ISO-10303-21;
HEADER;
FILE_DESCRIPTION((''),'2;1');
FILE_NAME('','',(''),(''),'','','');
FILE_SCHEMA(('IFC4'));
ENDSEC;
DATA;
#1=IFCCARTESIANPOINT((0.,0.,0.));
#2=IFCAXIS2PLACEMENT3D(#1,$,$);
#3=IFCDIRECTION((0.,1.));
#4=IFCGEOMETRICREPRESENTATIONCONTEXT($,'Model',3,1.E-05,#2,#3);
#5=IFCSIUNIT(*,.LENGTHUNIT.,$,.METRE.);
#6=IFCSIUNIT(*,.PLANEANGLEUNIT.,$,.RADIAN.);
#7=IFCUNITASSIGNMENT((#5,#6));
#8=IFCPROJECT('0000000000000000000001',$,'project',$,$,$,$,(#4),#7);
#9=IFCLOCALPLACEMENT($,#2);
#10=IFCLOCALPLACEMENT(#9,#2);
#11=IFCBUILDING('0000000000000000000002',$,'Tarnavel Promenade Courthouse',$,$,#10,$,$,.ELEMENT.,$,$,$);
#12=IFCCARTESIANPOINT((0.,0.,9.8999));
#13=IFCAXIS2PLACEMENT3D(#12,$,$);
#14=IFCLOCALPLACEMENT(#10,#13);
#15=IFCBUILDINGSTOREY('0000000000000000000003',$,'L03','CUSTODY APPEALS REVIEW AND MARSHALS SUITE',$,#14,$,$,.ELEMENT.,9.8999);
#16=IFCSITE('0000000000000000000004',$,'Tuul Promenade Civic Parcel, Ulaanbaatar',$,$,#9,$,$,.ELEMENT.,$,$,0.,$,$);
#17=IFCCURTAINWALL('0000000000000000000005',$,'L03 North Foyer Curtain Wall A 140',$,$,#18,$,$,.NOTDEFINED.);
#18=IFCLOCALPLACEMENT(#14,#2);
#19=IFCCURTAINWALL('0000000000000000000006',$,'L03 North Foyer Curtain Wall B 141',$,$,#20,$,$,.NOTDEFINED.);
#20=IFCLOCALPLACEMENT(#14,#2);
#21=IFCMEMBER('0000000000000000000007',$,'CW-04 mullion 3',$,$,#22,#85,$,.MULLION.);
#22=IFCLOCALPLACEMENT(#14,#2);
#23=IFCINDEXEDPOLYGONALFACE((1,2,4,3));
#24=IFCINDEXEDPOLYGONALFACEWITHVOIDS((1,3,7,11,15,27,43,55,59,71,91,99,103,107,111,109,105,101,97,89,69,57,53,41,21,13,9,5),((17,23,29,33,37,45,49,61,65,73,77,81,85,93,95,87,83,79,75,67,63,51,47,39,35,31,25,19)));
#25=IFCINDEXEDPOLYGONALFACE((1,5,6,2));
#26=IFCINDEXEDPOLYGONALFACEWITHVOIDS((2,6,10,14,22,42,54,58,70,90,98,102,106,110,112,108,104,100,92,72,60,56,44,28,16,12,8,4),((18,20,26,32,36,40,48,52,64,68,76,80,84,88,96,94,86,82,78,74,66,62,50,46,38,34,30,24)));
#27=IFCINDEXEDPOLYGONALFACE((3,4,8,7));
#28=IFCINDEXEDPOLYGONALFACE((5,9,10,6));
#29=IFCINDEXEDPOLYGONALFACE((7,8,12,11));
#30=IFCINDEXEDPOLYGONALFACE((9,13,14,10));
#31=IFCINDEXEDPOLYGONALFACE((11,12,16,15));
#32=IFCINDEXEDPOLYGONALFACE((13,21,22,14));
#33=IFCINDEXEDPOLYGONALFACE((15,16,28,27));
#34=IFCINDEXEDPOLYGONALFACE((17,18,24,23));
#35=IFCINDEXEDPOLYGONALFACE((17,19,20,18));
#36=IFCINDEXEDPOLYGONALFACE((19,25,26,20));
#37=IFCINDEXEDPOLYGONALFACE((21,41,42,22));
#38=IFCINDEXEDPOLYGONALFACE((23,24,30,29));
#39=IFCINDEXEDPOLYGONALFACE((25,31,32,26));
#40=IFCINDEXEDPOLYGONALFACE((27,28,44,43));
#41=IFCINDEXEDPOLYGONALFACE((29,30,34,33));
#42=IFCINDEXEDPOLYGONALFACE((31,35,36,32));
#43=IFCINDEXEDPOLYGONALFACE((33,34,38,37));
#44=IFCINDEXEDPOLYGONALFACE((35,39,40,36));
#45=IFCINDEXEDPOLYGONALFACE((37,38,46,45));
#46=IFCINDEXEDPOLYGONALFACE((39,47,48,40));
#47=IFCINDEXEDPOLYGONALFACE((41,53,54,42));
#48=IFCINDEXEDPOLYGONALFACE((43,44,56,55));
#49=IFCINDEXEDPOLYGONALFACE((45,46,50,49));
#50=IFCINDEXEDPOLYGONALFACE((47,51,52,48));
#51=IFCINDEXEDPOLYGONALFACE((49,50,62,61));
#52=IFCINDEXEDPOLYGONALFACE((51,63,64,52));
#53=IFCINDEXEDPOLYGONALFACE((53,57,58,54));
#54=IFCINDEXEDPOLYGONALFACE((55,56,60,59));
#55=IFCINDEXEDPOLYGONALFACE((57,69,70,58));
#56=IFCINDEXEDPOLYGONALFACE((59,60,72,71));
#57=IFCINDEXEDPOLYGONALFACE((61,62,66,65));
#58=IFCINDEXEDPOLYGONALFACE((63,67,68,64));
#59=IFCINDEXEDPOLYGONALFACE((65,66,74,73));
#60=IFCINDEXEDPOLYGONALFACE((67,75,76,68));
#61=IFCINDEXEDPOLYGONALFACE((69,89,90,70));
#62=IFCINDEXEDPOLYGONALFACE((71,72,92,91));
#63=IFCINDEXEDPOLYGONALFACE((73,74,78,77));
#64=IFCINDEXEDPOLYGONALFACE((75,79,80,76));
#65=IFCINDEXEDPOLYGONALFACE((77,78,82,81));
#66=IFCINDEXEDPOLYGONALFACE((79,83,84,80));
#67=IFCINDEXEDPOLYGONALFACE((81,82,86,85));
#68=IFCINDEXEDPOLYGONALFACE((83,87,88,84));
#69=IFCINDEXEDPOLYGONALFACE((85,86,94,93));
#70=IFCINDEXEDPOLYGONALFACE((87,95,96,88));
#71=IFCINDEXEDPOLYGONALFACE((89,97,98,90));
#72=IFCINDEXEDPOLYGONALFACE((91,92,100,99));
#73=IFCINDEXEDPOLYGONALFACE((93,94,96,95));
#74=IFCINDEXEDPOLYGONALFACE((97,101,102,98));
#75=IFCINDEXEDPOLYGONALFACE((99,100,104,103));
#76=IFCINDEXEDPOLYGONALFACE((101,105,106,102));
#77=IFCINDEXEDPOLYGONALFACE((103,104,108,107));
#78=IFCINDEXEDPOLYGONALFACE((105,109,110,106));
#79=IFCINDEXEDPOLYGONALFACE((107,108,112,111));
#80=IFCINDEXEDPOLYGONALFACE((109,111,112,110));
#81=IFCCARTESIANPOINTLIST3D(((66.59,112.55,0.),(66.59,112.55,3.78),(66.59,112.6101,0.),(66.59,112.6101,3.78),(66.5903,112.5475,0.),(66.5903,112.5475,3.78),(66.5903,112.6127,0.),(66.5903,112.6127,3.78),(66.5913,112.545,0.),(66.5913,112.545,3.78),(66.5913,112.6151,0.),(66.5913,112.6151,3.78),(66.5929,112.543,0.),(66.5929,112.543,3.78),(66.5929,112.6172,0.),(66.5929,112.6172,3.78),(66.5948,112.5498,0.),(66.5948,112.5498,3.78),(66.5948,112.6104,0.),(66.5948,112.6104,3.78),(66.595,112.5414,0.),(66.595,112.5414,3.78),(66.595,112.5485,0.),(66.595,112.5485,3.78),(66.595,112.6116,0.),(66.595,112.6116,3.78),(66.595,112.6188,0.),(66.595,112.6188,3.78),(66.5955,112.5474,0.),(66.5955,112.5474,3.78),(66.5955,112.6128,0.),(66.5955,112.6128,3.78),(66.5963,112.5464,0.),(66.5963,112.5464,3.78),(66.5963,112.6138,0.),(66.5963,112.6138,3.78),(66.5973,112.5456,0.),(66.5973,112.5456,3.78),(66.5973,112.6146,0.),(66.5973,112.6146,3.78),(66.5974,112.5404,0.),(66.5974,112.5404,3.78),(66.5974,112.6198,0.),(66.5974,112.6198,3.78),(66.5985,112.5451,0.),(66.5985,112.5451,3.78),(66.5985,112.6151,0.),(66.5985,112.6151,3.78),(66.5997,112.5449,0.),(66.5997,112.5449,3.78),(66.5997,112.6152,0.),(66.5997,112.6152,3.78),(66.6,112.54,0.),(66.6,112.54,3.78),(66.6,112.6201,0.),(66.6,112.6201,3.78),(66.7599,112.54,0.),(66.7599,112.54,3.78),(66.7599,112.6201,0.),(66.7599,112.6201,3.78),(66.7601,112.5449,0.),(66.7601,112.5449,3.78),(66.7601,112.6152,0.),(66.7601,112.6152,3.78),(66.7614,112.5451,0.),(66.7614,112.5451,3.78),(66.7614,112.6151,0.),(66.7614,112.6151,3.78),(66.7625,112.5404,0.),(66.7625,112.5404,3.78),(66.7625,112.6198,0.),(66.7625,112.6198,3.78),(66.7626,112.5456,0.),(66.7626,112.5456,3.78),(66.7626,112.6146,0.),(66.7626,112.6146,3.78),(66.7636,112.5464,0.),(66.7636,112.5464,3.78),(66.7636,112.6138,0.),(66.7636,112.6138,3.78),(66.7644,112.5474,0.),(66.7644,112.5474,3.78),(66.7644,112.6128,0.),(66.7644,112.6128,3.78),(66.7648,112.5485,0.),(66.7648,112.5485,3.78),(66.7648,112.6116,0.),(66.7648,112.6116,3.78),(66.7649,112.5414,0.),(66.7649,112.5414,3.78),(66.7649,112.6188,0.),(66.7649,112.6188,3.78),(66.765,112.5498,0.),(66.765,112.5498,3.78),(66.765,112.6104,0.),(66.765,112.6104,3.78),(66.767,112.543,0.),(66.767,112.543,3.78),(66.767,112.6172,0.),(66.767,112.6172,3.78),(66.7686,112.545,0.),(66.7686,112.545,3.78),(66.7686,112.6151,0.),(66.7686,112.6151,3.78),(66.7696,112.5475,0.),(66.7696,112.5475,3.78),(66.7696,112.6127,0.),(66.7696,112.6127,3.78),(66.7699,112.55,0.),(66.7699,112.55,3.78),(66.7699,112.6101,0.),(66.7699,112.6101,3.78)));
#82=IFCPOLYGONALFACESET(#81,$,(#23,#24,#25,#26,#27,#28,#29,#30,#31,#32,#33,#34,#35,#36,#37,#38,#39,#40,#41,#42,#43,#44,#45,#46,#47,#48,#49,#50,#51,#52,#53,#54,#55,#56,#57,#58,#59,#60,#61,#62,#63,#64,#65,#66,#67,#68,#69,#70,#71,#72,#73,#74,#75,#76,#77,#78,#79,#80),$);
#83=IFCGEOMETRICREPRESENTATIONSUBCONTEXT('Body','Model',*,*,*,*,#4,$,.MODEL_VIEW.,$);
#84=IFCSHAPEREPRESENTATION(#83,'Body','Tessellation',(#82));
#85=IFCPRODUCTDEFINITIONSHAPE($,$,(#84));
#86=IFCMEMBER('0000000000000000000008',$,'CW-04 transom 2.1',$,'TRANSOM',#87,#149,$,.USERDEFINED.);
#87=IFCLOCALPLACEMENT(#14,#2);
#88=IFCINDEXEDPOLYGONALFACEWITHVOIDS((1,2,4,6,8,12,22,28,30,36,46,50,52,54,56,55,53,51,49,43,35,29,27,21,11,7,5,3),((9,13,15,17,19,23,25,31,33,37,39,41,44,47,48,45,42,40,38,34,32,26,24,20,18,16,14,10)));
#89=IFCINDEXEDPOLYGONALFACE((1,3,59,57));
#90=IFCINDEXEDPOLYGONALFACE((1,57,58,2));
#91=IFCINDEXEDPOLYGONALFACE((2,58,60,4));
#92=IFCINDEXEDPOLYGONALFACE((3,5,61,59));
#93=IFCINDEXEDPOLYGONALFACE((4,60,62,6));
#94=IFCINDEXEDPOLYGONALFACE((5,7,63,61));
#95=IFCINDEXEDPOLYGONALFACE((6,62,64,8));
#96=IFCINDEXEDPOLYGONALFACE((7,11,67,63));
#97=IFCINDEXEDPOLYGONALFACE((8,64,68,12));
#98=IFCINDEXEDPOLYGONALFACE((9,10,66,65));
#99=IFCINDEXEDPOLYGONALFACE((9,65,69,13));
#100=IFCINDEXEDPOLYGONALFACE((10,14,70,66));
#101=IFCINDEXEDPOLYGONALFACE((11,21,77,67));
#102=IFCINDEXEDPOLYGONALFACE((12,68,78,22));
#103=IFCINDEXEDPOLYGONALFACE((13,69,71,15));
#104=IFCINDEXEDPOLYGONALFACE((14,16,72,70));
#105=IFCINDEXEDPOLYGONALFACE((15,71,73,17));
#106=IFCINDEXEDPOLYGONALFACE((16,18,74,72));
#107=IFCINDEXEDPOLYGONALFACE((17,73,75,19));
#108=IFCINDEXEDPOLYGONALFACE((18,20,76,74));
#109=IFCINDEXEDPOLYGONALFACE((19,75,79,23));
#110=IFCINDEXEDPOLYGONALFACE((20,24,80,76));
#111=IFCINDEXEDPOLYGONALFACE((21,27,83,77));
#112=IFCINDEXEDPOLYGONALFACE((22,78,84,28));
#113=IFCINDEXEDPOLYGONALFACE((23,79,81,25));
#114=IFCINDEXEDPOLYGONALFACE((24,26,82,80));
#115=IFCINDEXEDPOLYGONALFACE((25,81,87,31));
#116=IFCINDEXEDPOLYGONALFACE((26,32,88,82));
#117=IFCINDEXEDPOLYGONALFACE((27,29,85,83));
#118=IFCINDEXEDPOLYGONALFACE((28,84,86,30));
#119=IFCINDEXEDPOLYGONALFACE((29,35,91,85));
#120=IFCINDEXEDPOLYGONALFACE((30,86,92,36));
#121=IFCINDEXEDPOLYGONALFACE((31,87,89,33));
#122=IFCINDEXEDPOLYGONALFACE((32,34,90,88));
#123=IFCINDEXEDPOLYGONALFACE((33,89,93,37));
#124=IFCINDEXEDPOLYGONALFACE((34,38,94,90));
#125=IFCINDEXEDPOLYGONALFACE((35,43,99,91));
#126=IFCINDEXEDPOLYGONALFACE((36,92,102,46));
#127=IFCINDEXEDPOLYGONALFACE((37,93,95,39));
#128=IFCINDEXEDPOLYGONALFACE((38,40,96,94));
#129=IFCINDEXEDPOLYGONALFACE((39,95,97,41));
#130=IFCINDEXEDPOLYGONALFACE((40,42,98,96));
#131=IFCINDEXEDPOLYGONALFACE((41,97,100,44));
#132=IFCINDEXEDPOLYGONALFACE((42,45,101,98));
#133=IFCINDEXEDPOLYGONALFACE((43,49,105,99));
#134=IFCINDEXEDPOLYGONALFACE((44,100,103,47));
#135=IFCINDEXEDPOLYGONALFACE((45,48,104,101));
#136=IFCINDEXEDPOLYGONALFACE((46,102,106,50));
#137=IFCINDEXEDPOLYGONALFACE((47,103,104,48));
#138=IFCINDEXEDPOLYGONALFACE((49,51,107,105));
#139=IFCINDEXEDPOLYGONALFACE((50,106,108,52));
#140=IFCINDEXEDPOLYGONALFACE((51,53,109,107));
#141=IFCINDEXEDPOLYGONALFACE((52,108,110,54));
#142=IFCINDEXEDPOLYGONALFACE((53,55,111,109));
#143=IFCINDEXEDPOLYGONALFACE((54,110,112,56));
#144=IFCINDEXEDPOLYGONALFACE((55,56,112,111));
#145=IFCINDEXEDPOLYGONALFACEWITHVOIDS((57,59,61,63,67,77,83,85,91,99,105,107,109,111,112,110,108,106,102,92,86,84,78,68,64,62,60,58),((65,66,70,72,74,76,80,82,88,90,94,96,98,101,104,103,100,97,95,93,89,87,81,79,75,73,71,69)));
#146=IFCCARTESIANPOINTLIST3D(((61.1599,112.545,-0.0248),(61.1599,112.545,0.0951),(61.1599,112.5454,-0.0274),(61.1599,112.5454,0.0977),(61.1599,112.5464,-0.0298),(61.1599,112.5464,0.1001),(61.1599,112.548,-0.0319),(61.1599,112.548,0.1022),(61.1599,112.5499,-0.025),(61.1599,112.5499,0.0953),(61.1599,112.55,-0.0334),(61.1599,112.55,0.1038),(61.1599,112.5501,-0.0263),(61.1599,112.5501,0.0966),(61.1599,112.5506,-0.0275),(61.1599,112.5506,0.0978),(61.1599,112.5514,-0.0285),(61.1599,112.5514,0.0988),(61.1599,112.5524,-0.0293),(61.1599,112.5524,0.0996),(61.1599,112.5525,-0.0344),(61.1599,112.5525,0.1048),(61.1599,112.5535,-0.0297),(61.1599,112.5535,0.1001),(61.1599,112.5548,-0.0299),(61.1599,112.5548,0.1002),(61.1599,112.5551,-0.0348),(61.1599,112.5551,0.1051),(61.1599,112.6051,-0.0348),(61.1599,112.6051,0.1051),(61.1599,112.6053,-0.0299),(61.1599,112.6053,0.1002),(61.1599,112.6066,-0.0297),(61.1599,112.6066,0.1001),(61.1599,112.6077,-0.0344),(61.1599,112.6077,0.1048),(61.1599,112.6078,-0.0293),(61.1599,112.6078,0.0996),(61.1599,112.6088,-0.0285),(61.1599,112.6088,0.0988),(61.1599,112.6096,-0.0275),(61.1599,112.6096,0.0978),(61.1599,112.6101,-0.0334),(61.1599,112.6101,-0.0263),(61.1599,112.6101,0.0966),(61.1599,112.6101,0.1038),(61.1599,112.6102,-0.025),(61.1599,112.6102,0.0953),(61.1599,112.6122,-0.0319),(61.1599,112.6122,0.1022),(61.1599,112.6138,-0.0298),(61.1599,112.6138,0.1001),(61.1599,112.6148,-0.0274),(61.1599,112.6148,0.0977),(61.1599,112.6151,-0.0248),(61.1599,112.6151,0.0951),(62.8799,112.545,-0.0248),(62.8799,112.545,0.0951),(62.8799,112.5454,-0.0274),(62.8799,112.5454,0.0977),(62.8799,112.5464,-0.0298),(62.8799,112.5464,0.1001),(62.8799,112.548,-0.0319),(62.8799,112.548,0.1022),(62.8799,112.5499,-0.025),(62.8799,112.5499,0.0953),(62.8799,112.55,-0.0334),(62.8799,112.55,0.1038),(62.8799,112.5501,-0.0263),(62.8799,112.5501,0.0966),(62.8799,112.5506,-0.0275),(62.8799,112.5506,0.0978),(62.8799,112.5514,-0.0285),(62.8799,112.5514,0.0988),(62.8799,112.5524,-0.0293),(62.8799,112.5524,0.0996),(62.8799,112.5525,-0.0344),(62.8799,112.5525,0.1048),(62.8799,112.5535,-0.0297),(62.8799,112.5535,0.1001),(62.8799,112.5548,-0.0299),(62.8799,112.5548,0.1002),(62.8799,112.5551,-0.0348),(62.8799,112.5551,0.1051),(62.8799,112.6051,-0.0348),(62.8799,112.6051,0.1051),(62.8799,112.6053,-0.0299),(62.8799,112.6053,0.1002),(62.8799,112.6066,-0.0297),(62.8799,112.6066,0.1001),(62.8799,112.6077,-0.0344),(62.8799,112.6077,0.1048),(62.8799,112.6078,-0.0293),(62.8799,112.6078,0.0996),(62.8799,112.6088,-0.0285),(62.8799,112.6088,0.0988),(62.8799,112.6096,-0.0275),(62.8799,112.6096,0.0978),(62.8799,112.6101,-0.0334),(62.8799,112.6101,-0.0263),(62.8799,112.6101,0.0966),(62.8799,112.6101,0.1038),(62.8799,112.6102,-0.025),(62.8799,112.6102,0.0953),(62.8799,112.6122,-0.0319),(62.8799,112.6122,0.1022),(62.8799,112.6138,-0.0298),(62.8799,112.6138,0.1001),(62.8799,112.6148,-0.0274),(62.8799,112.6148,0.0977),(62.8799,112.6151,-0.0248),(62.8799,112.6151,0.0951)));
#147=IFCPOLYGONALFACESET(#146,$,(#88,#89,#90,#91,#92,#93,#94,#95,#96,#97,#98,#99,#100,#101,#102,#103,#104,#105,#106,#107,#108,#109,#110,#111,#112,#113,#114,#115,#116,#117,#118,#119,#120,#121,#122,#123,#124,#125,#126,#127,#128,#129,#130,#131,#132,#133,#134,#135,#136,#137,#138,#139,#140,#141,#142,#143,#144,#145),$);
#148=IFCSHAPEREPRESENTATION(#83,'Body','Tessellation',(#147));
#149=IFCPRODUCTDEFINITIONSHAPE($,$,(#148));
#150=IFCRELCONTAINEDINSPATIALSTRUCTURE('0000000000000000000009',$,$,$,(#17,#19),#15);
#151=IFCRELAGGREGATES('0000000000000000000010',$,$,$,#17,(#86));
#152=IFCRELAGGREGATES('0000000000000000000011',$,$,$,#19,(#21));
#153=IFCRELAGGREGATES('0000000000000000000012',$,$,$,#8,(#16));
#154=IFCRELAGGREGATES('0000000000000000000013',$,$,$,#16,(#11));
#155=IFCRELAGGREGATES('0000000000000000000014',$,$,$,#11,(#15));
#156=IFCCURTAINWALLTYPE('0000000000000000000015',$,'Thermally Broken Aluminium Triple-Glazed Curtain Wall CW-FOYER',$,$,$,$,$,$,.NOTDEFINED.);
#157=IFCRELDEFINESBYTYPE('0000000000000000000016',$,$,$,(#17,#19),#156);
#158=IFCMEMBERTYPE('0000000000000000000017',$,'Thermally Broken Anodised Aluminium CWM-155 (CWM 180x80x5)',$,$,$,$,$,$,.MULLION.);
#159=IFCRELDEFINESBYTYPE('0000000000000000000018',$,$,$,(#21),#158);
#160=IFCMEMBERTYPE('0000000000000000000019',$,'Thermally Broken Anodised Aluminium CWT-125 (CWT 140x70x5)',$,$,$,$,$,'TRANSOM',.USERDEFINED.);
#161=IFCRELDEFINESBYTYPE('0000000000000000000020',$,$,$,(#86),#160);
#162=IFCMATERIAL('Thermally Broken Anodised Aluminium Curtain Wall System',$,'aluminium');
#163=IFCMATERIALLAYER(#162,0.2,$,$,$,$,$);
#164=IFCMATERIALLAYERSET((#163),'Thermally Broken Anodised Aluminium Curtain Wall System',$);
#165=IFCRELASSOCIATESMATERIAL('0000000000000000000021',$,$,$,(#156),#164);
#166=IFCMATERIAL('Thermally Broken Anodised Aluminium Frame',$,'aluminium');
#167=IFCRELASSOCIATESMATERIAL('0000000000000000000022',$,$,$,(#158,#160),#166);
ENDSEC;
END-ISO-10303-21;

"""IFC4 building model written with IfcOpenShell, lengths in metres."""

from ifc_helpers import new_model, si_unit, direction, frame, origin, origin_2d, place, context, subcontext, project, spatial, hollow_rectangle, extrude, material, layer, layer_set, material_profile, profile_set, type_object, element, aggregate, save


model = new_model("IFC4")

# Units and contexts
model_context = context("Model", 3, precision=1e-05, world=origin(), true_north=direction((0.0, 1.0)))
body_context = subcontext(model_context, "Body", "Model", "MODEL_VIEW")
ifc_project = project(units=[si_unit("LENGTHUNIT", "METRE"), si_unit("PLANEANGLEUNIT", "RADIAN")], contexts=[model_context])

# Site, building, storey
site_placement = place(None, origin())
site = spatial("IfcSite", under=ifc_project, at=site_placement, Name="Tuul Promenade Civic Parcel, Ulaanbaatar", CompositionType="ELEMENT", RefElevation=0.0)
building_placement = place(site_placement, origin())
building = spatial("IfcBuilding", under=site, at=building_placement, Name="Tarnavel Promenade Courthouse", CompositionType="ELEMENT")
storey_placement = place(building_placement, frame((0.0, 0.0, 9.8999)))
storey = spatial("IfcBuildingStorey", under=building, at=storey_placement, Name="L03", Description="CUSTODY APPEALS REVIEW AND MARSHALS SUITE", CompositionType="ELEMENT", Elevation=9.8999)

# Curtain walls, member
ifc_material_1 = material(Name="Thermally Broken Anodised Aluminium Curtain Wall System", Category="aluminium")
ifc_layer_1 = layer(ifc_material_1, 0.2)
ifc_layer_set_1 = layer_set([ifc_layer_1], Name="Thermally Broken Anodised Aluminium Curtain Wall System")
curtain_wall_type = type_object("IfcCurtainWallType", Name="Thermally Broken Aluminium Triple-Glazed Curtain Wall CW-FOYER", PredefinedType="NOTDEFINED", material=ifc_layer_set_1)
curtain_wall_1_placement = place(storey_placement, origin())
curtain_wall_1 = element("IfcCurtainWall", 1, at=curtain_wall_1_placement, inside=storey, type_object=curtain_wall_type, Name="L03 North Foyer Curtain Wall A 140", PredefinedType="NOTDEFINED")
ifc_material_2 = material(Name="Thermally Broken Anodised Aluminium Frame", Category="aluminium")
ifc_material_profile_1 = material_profile(ifc_material_2, hollow_rectangle(XDim=0.0801, YDim=0.1799, WallThickness=0.0049, InnerFilletRadius=0.0049, OuterFilletRadius=0.01, at=origin_2d()), Name="CWM 180x80x5")
ifc_profile_set_1 = profile_set([ifc_material_profile_1], Name="Thermally Broken Anodised Aluminium Frame")
member_type_1 = type_object("IfcMemberType", Name="Thermally Broken Anodised Aluminium CWM-155 (CWM 180x80x5)", PredefinedType="MULLION", material=ifc_profile_set_1)
curtain_wall_2_placement = place(storey_placement, origin())
curtain_wall_2 = element("IfcCurtainWall", 2, at=curtain_wall_2_placement, inside=storey, type_object=curtain_wall_type, Name="L03 North Foyer Curtain Wall B 141", PredefinedType="NOTDEFINED")
member_1_placement = place(storey_placement, frame((66.6799, 112.5801, 0.0), z_axis=(0.0, 0.0, 1.0), x_axis=(0.0, 1.0, 0.0)))
member_1 = element("IfcMember", 3, at=member_1_placement, type_object=member_type_1, Name="CW-04 mullion 3", PredefinedType="MULLION", context=body_context, shape_type="SweptSolid", body=[
    extrude(hollow_rectangle(XDim=0.0801, YDim=0.1799, WallThickness=0.0049, InnerFilletRadius=0.0049, OuterFilletRadius=0.01, at=origin_2d()), origin(), (0.0, 0.0, 1.0), 3.78),
])

# Member
ifc_material_profile_2 = material_profile(ifc_material_2, hollow_rectangle(XDim=0.0701, YDim=0.1399, WallThickness=0.0049, InnerFilletRadius=0.0049, OuterFilletRadius=0.01, at=origin_2d()), Name="CWT 140x70x5")
ifc_profile_set_2 = profile_set([ifc_material_profile_2], Name="Thermally Broken Anodised Aluminium Frame")
member_type_2 = type_object("IfcMemberType", Name="Thermally Broken Anodised Aluminium CWT-125 (CWT 140x70x5)", ElementType="TRANSOM", PredefinedType="USERDEFINED", material=ifc_profile_set_2)
member_2_placement = place(storey_placement, frame((61.1599, 112.5801, 0.0352), z_axis=(1.0, 0.0, 0.0), x_axis=(0.0, 1.0, 0.0)))
member_2 = element("IfcMember", 4, at=member_2_placement, type_object=member_type_2, Name="CW-04 transom 2.1", ObjectType="TRANSOM", PredefinedType="USERDEFINED", context=body_context, shape_type="SweptSolid", body=[
    extrude(hollow_rectangle(XDim=0.0701, YDim=0.1399, WallThickness=0.0049, InnerFilletRadius=0.0049, OuterFilletRadius=0.01, at=origin_2d()), origin(), (0.0, 0.0, 1.0), 1.72),
])

aggregate(curtain_wall_1, [member_2])
aggregate(curtain_wall_2, [member_1])

save(model, "model.ifc")
